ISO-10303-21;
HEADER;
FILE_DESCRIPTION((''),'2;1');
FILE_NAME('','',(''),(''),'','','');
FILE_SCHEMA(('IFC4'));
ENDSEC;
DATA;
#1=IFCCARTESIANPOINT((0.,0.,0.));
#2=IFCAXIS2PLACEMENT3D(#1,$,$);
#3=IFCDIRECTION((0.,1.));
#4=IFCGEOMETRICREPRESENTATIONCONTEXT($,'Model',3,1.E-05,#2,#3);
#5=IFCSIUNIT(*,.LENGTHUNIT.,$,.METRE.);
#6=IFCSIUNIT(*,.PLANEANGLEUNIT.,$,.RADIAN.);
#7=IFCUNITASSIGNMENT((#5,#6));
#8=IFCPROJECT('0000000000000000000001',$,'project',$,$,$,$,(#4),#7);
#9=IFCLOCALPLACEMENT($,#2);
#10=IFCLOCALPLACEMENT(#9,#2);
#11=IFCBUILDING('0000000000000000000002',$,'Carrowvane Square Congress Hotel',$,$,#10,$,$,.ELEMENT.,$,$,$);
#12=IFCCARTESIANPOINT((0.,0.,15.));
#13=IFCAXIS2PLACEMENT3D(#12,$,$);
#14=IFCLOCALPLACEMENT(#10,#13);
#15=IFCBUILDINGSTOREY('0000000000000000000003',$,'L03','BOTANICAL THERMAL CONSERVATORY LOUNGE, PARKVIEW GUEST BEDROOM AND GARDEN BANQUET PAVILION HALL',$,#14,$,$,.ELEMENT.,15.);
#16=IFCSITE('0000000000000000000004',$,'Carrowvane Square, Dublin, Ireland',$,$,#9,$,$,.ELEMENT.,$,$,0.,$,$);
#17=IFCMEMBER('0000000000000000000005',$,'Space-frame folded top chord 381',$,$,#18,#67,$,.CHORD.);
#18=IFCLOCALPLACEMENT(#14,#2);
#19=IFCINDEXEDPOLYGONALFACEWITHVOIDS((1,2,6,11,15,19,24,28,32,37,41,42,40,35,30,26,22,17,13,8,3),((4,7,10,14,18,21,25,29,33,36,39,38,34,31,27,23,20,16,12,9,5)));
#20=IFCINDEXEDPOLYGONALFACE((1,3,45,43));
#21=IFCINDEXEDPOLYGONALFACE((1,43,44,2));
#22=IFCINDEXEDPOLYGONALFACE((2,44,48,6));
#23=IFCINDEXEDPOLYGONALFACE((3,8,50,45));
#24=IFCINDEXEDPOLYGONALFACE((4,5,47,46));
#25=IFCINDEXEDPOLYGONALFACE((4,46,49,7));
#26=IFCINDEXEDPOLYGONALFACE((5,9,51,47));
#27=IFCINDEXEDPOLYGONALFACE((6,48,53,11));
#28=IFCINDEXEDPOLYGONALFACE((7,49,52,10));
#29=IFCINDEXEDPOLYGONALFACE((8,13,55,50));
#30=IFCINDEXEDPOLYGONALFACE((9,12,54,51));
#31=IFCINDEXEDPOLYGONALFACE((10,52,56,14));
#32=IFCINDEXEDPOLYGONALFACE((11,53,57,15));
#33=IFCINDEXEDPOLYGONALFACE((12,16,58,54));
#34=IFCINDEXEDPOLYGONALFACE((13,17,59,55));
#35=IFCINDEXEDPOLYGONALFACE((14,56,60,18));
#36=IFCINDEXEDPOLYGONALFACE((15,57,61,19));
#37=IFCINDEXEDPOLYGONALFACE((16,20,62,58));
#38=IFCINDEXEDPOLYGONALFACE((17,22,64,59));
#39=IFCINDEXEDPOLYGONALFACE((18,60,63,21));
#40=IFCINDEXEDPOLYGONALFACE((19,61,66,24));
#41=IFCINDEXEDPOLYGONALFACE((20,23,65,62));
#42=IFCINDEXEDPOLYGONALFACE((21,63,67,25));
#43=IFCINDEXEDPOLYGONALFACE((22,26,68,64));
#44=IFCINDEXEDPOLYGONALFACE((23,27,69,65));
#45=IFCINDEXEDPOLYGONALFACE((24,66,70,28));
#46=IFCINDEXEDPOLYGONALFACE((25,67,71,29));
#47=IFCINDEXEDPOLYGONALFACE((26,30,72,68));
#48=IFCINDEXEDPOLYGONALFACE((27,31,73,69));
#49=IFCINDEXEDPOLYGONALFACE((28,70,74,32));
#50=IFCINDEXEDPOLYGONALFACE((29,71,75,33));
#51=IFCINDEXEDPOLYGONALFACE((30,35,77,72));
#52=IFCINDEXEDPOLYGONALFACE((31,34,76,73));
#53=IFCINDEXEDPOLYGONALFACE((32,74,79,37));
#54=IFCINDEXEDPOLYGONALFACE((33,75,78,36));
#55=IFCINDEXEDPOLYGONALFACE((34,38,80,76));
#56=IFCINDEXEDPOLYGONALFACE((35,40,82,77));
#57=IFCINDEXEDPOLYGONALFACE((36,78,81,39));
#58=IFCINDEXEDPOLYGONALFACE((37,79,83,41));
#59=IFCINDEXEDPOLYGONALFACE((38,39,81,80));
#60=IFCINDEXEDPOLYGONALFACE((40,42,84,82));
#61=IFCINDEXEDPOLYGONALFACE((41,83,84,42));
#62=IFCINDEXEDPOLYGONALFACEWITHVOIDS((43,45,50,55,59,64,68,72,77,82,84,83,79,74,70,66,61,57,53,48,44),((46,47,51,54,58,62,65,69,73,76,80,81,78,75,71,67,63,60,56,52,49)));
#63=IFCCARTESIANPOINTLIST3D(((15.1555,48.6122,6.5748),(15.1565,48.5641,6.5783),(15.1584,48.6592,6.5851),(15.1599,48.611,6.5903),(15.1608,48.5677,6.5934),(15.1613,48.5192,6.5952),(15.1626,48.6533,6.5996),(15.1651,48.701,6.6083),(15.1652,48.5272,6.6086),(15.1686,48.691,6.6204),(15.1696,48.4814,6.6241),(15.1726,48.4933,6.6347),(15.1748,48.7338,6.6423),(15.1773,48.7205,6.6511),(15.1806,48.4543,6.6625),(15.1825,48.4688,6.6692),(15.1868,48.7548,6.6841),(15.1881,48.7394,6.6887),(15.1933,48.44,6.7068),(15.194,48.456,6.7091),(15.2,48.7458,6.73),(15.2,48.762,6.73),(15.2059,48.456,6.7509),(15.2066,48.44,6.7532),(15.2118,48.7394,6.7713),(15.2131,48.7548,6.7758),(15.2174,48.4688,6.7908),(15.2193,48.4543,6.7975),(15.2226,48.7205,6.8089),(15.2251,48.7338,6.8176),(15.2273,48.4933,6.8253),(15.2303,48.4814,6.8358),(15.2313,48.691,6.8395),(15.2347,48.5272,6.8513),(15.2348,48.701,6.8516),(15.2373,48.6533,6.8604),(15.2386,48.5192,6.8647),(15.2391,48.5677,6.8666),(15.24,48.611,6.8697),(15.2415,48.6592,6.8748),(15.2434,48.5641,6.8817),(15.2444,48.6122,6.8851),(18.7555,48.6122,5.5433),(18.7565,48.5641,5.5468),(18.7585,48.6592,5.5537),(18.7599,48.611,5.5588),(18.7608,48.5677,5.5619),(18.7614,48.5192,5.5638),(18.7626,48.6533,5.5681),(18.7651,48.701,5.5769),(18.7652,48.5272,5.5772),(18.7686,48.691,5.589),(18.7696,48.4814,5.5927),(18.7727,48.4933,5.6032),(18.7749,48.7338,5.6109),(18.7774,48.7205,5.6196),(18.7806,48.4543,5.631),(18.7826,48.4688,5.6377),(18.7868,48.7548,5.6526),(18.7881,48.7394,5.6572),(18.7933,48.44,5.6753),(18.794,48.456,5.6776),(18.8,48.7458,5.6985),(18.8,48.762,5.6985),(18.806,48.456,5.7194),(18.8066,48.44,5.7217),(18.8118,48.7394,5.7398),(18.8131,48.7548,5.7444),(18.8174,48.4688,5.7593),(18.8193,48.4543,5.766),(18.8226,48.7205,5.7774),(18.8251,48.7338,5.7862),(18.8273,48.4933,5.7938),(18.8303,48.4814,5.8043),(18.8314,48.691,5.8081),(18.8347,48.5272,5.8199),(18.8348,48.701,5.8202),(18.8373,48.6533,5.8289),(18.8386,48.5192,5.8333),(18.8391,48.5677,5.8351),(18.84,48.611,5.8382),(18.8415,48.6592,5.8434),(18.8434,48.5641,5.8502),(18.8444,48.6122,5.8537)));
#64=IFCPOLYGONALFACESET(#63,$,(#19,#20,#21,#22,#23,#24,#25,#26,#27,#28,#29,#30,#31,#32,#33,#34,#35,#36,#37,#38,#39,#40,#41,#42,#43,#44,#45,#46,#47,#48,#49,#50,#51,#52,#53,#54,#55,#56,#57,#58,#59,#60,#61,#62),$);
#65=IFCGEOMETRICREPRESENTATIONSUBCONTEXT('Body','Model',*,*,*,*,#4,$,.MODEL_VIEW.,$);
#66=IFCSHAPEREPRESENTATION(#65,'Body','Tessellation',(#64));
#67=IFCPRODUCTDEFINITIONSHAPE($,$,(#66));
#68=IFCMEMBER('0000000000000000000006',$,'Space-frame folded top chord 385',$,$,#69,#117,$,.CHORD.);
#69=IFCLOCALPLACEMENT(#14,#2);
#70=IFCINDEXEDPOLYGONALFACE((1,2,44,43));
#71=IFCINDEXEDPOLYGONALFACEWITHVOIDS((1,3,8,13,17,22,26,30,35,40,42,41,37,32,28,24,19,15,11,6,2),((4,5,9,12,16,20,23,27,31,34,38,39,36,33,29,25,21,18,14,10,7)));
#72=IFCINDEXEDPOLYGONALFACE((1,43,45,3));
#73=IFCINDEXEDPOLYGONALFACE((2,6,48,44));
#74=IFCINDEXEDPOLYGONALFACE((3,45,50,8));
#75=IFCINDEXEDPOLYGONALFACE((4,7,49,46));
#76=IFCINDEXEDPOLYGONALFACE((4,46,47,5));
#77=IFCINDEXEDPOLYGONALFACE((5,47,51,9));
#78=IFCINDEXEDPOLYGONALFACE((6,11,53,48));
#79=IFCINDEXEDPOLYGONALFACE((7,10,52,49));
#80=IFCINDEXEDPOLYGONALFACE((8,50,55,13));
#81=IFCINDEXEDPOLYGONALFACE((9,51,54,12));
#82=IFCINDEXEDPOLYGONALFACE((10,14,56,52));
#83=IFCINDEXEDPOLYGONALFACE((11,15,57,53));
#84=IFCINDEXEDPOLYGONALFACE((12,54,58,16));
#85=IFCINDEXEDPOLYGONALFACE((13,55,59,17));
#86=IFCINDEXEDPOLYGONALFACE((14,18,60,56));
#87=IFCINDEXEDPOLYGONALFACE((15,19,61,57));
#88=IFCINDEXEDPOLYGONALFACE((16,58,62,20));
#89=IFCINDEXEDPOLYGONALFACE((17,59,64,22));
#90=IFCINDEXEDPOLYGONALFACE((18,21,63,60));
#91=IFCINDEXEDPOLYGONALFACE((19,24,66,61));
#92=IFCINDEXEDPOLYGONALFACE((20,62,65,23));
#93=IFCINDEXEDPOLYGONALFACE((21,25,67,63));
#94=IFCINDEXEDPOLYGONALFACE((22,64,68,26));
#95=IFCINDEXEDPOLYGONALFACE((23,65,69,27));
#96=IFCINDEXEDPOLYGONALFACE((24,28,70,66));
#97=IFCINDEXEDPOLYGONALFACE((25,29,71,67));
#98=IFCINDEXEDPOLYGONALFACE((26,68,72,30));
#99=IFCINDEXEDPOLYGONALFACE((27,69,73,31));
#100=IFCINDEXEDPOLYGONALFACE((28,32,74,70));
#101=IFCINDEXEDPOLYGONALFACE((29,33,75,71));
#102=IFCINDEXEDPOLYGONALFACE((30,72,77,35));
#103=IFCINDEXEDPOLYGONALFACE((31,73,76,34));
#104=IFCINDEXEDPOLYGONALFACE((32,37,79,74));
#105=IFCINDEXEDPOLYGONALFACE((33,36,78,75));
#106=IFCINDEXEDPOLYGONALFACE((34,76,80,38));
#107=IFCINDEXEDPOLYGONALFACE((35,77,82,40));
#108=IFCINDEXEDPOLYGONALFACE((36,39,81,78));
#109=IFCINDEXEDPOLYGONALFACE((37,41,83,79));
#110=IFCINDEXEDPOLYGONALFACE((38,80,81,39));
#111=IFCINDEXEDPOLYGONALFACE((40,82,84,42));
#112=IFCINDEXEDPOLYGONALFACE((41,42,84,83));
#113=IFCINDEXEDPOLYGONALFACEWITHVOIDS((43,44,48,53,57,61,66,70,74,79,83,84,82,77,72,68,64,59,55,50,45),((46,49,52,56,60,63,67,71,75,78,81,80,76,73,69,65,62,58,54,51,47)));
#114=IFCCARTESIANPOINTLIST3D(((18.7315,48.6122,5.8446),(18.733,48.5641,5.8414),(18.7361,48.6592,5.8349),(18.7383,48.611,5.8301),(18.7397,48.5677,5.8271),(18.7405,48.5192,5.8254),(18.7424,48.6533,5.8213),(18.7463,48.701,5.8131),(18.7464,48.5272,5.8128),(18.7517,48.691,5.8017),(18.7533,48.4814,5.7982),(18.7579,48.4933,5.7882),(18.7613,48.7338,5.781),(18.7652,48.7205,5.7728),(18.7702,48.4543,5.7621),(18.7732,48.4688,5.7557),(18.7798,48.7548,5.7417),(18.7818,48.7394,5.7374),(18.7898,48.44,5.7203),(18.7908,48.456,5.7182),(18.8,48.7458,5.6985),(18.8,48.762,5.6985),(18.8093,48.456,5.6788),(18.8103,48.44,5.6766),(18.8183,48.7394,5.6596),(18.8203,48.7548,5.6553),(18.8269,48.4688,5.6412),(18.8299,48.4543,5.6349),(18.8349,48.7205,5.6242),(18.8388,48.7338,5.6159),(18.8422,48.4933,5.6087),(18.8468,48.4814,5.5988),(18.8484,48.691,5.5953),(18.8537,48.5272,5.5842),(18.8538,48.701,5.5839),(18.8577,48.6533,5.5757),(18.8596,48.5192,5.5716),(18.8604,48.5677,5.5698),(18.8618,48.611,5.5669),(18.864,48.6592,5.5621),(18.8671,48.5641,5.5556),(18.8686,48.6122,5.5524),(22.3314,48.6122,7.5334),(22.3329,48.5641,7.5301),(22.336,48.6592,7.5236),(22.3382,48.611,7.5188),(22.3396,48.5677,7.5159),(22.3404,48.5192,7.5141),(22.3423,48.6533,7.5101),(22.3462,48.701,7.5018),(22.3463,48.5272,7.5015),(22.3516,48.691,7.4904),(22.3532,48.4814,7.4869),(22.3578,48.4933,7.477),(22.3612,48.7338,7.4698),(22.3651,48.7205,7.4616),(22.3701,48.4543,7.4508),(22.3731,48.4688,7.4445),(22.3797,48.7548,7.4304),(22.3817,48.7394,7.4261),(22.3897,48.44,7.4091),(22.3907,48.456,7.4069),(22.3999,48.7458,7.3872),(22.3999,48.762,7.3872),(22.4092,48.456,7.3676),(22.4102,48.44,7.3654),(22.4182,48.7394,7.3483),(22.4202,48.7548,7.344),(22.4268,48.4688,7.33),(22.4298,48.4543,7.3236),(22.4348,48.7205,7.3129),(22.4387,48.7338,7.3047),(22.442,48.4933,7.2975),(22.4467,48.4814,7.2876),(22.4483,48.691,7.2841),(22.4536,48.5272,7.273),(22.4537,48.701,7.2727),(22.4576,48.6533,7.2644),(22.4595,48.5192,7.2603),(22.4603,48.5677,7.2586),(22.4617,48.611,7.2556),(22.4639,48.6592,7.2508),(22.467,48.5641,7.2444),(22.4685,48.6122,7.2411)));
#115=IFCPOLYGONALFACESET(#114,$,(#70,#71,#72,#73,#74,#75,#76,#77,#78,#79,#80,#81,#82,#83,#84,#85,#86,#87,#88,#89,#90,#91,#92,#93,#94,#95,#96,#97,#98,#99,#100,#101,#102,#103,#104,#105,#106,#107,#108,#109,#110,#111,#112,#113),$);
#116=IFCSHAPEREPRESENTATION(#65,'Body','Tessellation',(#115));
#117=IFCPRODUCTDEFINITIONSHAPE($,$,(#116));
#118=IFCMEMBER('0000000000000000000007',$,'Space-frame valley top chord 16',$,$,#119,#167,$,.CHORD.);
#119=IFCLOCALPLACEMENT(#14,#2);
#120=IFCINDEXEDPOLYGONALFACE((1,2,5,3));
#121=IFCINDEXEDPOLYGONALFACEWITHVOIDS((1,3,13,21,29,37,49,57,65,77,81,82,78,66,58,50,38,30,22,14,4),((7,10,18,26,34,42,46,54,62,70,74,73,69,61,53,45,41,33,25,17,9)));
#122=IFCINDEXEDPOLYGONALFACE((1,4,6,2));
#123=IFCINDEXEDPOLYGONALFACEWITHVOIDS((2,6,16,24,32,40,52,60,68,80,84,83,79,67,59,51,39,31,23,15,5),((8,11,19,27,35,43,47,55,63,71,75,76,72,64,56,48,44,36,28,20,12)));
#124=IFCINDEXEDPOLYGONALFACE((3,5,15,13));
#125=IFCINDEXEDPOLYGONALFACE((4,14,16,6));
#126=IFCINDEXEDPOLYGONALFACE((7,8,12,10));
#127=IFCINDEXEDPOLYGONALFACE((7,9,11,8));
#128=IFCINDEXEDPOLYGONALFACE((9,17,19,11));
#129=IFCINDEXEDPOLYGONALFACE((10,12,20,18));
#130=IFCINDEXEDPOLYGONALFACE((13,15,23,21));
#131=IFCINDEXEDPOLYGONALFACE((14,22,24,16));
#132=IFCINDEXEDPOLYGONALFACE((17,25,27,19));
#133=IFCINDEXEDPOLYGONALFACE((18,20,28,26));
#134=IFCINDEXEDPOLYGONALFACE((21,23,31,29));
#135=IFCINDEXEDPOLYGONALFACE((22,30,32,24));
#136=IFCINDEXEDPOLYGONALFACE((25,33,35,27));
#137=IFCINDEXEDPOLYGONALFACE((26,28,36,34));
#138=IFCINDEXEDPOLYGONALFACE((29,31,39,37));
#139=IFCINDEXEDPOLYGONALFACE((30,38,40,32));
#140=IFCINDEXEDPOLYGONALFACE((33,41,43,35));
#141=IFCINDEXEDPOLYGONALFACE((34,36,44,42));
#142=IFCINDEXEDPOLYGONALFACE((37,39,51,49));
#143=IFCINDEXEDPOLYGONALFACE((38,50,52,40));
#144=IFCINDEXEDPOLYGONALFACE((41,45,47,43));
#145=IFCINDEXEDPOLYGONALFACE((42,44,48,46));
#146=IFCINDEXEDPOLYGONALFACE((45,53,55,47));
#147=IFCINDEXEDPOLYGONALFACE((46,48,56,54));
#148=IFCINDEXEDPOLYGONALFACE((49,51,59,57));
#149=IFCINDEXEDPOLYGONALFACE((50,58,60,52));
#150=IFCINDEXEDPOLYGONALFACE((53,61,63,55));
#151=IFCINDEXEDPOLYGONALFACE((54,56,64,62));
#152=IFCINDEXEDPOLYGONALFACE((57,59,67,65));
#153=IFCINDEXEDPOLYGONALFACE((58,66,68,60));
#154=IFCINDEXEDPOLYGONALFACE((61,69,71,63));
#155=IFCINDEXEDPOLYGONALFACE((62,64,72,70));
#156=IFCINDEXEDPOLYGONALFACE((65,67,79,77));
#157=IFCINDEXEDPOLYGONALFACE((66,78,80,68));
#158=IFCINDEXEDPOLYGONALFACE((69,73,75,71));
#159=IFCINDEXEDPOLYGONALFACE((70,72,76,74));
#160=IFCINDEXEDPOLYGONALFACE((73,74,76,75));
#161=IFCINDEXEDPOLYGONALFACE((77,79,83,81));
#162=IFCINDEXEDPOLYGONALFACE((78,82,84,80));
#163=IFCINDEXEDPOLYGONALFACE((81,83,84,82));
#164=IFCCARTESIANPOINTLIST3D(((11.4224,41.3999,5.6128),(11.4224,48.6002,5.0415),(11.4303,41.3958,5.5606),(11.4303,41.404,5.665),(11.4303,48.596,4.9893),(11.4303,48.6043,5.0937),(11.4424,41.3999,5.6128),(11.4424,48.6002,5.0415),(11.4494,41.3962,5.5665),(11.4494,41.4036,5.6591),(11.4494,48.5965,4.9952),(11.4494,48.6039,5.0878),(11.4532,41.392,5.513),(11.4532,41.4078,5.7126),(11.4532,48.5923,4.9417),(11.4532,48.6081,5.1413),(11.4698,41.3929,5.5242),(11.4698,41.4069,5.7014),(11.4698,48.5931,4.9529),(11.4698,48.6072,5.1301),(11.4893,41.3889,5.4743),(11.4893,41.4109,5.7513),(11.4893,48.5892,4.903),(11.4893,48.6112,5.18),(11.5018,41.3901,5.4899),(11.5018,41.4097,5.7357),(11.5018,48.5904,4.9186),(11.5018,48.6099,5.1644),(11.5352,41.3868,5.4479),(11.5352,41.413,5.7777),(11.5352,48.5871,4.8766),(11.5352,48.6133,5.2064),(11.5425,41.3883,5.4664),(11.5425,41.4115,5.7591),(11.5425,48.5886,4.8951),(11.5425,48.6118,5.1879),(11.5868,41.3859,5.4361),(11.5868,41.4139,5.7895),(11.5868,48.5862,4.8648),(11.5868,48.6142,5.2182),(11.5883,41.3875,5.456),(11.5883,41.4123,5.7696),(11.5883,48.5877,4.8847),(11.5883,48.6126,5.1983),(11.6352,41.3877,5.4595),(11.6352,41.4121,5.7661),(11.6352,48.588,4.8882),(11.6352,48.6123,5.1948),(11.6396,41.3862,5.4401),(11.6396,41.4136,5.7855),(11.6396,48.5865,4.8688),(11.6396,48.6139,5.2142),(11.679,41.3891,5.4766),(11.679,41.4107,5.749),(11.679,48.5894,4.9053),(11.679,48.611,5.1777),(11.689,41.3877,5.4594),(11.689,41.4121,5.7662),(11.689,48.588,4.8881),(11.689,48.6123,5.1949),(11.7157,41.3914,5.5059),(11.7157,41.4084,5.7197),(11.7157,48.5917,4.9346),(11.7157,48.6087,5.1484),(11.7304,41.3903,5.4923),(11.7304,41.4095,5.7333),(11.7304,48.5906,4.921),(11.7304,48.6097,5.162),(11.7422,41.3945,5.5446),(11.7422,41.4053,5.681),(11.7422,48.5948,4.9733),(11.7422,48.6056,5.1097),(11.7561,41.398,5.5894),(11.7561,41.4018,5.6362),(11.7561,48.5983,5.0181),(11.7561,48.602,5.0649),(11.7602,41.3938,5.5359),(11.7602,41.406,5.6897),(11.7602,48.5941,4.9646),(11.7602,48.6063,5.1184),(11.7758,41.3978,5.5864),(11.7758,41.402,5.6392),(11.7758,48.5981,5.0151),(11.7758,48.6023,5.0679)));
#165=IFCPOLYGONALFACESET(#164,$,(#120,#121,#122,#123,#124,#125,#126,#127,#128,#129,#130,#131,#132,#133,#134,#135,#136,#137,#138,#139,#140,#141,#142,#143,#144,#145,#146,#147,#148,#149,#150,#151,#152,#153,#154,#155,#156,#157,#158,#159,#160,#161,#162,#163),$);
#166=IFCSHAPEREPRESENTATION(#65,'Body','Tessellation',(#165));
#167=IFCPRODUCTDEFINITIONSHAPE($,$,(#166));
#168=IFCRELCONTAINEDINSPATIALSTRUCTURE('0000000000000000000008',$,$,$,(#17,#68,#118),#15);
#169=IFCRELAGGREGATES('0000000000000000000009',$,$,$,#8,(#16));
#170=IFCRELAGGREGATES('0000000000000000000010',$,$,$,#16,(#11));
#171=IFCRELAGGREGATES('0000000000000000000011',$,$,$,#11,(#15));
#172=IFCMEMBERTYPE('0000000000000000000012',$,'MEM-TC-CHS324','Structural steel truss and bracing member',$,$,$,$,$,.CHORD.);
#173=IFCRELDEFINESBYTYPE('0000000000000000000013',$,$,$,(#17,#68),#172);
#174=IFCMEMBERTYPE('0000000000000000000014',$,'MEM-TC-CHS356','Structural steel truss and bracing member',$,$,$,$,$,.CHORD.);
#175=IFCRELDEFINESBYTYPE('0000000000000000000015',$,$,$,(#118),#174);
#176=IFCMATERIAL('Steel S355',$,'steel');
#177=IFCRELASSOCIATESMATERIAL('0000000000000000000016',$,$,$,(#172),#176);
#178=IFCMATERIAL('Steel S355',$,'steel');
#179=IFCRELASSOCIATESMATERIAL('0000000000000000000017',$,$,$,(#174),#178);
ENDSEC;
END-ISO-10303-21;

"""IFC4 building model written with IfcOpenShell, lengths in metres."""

from ifc_helpers import new_model, si_unit, direction, frame, origin, origin_2d, place, context, subcontext, project, spatial, hollow_circle, extrude, material, material_profile, profile_set, type_object, element, save


model = new_model("IFC4")

# Units and contexts
model_context = context("Model", 3, precision=1e-05, world=origin(), true_north=direction((0.0, 1.0)))
body_context = subcontext(model_context, "Body", "Model", "MODEL_VIEW")
ifc_project = project(units=[si_unit("LENGTHUNIT", "METRE"), si_unit("PLANEANGLEUNIT", "RADIAN")], contexts=[model_context])

# Site, building, storey
site_placement = place(None, origin())
site = spatial("IfcSite", under=ifc_project, at=site_placement, Name="Carrowvane Square, Dublin, Ireland", CompositionType="ELEMENT", RefElevation=0.0)
building_placement = place(site_placement, origin())
building = spatial("IfcBuilding", under=site, at=building_placement, Name="Carrowvane Square Congress Hotel", CompositionType="ELEMENT")
storey_placement = place(building_placement, frame((0.0, 0.0, 15.0)))
storey = spatial("IfcBuildingStorey", under=building, at=storey_placement, Name="L03", Description="BOTANICAL THERMAL CONSERVATORY LOUNGE, PARKVIEW GUEST BEDROOM AND GARDEN BANQUET PAVILION HALL", CompositionType="ELEMENT", Elevation=15.0)

# Members
ifc_material_1 = material(Name="Steel S355", Category="steel")
ifc_material_profile_1 = material_profile(ifc_material_1, hollow_circle(Radius=0.1619, WallThickness=0.0161, at=origin_2d()), Name="CHS 323.9x16")
ifc_profile_set_1 = profile_set([ifc_material_profile_1], Name="Steel S355")
member_type_1 = type_object("IfcMemberType", Name="MEM-TC-CHS324", Description="Structural steel truss and bracing member", PredefinedType="CHORD", material=ifc_profile_set_1)
member_1_placement = place(storey_placement, frame((15.2, 48.6001, 6.73), z_axis=(0.961319, 0.0, -0.275436), x_axis=(0.0, 1.0, 0.0)))
element("IfcMember", 1, at=member_1_placement, inside=storey, type_object=member_type_1, Name="Space-frame folded top chord 381", PredefinedType="CHORD", context=body_context, shape_type="SweptSolid", body=[
    extrude(hollow_circle(Radius=0.1619, WallThickness=0.0161, at=origin_2d()), origin(), (0.0, 0.0, 1.0), 3.7449),
])
member_2_placement = place(storey_placement, frame((18.8, 48.6001, 5.6985), z_axis=(0.905334, 0.0, 0.4247), x_axis=(0.0, 1.0, 0.0)))
element("IfcMember", 2, at=member_2_placement, inside=storey, type_object=member_type_1, Name="Space-frame folded top chord 385", PredefinedType="CHORD", context=body_context, shape_type="SweptSolid", body=[
    extrude(hollow_circle(Radius=0.1619, WallThickness=0.0161, at=origin_2d()), origin(), (0.0, 0.0, 1.0), 3.9763),
])
ifc_material_2 = material(Name="Steel S355", Category="steel")
ifc_material_profile_2 = material_profile(ifc_material_2, hollow_circle(Radius=0.1777, WallThickness=0.02, at=origin_2d()), Name="CHS 355.6x20")
ifc_profile_set_2 = profile_set([ifc_material_profile_2], Name="Steel S355")
member_type_2 = type_object("IfcMemberType", Name="MEM-TC-CHS356", Description="Structural steel truss and bracing member", PredefinedType="CHORD", material=ifc_profile_set_2)
member_3_placement = place(storey_placement, frame((11.6001, 41.3999, 5.6128), z_axis=(0.0, 0.996867, -0.079095), x_axis=(-1.0, 0.0, 0.0)))
element("IfcMember", 3, at=member_3_placement, inside=storey, type_object=member_type_2, Name="Space-frame valley top chord 16", PredefinedType="CHORD", context=body_context, shape_type="SweptSolid", body=[
    extrude(hollow_circle(Radius=0.1777, WallThickness=0.02, at=origin_2d()), origin(), (0.0, 0.0, 1.0), 7.2229),
])

save(model, "model.ifc")
